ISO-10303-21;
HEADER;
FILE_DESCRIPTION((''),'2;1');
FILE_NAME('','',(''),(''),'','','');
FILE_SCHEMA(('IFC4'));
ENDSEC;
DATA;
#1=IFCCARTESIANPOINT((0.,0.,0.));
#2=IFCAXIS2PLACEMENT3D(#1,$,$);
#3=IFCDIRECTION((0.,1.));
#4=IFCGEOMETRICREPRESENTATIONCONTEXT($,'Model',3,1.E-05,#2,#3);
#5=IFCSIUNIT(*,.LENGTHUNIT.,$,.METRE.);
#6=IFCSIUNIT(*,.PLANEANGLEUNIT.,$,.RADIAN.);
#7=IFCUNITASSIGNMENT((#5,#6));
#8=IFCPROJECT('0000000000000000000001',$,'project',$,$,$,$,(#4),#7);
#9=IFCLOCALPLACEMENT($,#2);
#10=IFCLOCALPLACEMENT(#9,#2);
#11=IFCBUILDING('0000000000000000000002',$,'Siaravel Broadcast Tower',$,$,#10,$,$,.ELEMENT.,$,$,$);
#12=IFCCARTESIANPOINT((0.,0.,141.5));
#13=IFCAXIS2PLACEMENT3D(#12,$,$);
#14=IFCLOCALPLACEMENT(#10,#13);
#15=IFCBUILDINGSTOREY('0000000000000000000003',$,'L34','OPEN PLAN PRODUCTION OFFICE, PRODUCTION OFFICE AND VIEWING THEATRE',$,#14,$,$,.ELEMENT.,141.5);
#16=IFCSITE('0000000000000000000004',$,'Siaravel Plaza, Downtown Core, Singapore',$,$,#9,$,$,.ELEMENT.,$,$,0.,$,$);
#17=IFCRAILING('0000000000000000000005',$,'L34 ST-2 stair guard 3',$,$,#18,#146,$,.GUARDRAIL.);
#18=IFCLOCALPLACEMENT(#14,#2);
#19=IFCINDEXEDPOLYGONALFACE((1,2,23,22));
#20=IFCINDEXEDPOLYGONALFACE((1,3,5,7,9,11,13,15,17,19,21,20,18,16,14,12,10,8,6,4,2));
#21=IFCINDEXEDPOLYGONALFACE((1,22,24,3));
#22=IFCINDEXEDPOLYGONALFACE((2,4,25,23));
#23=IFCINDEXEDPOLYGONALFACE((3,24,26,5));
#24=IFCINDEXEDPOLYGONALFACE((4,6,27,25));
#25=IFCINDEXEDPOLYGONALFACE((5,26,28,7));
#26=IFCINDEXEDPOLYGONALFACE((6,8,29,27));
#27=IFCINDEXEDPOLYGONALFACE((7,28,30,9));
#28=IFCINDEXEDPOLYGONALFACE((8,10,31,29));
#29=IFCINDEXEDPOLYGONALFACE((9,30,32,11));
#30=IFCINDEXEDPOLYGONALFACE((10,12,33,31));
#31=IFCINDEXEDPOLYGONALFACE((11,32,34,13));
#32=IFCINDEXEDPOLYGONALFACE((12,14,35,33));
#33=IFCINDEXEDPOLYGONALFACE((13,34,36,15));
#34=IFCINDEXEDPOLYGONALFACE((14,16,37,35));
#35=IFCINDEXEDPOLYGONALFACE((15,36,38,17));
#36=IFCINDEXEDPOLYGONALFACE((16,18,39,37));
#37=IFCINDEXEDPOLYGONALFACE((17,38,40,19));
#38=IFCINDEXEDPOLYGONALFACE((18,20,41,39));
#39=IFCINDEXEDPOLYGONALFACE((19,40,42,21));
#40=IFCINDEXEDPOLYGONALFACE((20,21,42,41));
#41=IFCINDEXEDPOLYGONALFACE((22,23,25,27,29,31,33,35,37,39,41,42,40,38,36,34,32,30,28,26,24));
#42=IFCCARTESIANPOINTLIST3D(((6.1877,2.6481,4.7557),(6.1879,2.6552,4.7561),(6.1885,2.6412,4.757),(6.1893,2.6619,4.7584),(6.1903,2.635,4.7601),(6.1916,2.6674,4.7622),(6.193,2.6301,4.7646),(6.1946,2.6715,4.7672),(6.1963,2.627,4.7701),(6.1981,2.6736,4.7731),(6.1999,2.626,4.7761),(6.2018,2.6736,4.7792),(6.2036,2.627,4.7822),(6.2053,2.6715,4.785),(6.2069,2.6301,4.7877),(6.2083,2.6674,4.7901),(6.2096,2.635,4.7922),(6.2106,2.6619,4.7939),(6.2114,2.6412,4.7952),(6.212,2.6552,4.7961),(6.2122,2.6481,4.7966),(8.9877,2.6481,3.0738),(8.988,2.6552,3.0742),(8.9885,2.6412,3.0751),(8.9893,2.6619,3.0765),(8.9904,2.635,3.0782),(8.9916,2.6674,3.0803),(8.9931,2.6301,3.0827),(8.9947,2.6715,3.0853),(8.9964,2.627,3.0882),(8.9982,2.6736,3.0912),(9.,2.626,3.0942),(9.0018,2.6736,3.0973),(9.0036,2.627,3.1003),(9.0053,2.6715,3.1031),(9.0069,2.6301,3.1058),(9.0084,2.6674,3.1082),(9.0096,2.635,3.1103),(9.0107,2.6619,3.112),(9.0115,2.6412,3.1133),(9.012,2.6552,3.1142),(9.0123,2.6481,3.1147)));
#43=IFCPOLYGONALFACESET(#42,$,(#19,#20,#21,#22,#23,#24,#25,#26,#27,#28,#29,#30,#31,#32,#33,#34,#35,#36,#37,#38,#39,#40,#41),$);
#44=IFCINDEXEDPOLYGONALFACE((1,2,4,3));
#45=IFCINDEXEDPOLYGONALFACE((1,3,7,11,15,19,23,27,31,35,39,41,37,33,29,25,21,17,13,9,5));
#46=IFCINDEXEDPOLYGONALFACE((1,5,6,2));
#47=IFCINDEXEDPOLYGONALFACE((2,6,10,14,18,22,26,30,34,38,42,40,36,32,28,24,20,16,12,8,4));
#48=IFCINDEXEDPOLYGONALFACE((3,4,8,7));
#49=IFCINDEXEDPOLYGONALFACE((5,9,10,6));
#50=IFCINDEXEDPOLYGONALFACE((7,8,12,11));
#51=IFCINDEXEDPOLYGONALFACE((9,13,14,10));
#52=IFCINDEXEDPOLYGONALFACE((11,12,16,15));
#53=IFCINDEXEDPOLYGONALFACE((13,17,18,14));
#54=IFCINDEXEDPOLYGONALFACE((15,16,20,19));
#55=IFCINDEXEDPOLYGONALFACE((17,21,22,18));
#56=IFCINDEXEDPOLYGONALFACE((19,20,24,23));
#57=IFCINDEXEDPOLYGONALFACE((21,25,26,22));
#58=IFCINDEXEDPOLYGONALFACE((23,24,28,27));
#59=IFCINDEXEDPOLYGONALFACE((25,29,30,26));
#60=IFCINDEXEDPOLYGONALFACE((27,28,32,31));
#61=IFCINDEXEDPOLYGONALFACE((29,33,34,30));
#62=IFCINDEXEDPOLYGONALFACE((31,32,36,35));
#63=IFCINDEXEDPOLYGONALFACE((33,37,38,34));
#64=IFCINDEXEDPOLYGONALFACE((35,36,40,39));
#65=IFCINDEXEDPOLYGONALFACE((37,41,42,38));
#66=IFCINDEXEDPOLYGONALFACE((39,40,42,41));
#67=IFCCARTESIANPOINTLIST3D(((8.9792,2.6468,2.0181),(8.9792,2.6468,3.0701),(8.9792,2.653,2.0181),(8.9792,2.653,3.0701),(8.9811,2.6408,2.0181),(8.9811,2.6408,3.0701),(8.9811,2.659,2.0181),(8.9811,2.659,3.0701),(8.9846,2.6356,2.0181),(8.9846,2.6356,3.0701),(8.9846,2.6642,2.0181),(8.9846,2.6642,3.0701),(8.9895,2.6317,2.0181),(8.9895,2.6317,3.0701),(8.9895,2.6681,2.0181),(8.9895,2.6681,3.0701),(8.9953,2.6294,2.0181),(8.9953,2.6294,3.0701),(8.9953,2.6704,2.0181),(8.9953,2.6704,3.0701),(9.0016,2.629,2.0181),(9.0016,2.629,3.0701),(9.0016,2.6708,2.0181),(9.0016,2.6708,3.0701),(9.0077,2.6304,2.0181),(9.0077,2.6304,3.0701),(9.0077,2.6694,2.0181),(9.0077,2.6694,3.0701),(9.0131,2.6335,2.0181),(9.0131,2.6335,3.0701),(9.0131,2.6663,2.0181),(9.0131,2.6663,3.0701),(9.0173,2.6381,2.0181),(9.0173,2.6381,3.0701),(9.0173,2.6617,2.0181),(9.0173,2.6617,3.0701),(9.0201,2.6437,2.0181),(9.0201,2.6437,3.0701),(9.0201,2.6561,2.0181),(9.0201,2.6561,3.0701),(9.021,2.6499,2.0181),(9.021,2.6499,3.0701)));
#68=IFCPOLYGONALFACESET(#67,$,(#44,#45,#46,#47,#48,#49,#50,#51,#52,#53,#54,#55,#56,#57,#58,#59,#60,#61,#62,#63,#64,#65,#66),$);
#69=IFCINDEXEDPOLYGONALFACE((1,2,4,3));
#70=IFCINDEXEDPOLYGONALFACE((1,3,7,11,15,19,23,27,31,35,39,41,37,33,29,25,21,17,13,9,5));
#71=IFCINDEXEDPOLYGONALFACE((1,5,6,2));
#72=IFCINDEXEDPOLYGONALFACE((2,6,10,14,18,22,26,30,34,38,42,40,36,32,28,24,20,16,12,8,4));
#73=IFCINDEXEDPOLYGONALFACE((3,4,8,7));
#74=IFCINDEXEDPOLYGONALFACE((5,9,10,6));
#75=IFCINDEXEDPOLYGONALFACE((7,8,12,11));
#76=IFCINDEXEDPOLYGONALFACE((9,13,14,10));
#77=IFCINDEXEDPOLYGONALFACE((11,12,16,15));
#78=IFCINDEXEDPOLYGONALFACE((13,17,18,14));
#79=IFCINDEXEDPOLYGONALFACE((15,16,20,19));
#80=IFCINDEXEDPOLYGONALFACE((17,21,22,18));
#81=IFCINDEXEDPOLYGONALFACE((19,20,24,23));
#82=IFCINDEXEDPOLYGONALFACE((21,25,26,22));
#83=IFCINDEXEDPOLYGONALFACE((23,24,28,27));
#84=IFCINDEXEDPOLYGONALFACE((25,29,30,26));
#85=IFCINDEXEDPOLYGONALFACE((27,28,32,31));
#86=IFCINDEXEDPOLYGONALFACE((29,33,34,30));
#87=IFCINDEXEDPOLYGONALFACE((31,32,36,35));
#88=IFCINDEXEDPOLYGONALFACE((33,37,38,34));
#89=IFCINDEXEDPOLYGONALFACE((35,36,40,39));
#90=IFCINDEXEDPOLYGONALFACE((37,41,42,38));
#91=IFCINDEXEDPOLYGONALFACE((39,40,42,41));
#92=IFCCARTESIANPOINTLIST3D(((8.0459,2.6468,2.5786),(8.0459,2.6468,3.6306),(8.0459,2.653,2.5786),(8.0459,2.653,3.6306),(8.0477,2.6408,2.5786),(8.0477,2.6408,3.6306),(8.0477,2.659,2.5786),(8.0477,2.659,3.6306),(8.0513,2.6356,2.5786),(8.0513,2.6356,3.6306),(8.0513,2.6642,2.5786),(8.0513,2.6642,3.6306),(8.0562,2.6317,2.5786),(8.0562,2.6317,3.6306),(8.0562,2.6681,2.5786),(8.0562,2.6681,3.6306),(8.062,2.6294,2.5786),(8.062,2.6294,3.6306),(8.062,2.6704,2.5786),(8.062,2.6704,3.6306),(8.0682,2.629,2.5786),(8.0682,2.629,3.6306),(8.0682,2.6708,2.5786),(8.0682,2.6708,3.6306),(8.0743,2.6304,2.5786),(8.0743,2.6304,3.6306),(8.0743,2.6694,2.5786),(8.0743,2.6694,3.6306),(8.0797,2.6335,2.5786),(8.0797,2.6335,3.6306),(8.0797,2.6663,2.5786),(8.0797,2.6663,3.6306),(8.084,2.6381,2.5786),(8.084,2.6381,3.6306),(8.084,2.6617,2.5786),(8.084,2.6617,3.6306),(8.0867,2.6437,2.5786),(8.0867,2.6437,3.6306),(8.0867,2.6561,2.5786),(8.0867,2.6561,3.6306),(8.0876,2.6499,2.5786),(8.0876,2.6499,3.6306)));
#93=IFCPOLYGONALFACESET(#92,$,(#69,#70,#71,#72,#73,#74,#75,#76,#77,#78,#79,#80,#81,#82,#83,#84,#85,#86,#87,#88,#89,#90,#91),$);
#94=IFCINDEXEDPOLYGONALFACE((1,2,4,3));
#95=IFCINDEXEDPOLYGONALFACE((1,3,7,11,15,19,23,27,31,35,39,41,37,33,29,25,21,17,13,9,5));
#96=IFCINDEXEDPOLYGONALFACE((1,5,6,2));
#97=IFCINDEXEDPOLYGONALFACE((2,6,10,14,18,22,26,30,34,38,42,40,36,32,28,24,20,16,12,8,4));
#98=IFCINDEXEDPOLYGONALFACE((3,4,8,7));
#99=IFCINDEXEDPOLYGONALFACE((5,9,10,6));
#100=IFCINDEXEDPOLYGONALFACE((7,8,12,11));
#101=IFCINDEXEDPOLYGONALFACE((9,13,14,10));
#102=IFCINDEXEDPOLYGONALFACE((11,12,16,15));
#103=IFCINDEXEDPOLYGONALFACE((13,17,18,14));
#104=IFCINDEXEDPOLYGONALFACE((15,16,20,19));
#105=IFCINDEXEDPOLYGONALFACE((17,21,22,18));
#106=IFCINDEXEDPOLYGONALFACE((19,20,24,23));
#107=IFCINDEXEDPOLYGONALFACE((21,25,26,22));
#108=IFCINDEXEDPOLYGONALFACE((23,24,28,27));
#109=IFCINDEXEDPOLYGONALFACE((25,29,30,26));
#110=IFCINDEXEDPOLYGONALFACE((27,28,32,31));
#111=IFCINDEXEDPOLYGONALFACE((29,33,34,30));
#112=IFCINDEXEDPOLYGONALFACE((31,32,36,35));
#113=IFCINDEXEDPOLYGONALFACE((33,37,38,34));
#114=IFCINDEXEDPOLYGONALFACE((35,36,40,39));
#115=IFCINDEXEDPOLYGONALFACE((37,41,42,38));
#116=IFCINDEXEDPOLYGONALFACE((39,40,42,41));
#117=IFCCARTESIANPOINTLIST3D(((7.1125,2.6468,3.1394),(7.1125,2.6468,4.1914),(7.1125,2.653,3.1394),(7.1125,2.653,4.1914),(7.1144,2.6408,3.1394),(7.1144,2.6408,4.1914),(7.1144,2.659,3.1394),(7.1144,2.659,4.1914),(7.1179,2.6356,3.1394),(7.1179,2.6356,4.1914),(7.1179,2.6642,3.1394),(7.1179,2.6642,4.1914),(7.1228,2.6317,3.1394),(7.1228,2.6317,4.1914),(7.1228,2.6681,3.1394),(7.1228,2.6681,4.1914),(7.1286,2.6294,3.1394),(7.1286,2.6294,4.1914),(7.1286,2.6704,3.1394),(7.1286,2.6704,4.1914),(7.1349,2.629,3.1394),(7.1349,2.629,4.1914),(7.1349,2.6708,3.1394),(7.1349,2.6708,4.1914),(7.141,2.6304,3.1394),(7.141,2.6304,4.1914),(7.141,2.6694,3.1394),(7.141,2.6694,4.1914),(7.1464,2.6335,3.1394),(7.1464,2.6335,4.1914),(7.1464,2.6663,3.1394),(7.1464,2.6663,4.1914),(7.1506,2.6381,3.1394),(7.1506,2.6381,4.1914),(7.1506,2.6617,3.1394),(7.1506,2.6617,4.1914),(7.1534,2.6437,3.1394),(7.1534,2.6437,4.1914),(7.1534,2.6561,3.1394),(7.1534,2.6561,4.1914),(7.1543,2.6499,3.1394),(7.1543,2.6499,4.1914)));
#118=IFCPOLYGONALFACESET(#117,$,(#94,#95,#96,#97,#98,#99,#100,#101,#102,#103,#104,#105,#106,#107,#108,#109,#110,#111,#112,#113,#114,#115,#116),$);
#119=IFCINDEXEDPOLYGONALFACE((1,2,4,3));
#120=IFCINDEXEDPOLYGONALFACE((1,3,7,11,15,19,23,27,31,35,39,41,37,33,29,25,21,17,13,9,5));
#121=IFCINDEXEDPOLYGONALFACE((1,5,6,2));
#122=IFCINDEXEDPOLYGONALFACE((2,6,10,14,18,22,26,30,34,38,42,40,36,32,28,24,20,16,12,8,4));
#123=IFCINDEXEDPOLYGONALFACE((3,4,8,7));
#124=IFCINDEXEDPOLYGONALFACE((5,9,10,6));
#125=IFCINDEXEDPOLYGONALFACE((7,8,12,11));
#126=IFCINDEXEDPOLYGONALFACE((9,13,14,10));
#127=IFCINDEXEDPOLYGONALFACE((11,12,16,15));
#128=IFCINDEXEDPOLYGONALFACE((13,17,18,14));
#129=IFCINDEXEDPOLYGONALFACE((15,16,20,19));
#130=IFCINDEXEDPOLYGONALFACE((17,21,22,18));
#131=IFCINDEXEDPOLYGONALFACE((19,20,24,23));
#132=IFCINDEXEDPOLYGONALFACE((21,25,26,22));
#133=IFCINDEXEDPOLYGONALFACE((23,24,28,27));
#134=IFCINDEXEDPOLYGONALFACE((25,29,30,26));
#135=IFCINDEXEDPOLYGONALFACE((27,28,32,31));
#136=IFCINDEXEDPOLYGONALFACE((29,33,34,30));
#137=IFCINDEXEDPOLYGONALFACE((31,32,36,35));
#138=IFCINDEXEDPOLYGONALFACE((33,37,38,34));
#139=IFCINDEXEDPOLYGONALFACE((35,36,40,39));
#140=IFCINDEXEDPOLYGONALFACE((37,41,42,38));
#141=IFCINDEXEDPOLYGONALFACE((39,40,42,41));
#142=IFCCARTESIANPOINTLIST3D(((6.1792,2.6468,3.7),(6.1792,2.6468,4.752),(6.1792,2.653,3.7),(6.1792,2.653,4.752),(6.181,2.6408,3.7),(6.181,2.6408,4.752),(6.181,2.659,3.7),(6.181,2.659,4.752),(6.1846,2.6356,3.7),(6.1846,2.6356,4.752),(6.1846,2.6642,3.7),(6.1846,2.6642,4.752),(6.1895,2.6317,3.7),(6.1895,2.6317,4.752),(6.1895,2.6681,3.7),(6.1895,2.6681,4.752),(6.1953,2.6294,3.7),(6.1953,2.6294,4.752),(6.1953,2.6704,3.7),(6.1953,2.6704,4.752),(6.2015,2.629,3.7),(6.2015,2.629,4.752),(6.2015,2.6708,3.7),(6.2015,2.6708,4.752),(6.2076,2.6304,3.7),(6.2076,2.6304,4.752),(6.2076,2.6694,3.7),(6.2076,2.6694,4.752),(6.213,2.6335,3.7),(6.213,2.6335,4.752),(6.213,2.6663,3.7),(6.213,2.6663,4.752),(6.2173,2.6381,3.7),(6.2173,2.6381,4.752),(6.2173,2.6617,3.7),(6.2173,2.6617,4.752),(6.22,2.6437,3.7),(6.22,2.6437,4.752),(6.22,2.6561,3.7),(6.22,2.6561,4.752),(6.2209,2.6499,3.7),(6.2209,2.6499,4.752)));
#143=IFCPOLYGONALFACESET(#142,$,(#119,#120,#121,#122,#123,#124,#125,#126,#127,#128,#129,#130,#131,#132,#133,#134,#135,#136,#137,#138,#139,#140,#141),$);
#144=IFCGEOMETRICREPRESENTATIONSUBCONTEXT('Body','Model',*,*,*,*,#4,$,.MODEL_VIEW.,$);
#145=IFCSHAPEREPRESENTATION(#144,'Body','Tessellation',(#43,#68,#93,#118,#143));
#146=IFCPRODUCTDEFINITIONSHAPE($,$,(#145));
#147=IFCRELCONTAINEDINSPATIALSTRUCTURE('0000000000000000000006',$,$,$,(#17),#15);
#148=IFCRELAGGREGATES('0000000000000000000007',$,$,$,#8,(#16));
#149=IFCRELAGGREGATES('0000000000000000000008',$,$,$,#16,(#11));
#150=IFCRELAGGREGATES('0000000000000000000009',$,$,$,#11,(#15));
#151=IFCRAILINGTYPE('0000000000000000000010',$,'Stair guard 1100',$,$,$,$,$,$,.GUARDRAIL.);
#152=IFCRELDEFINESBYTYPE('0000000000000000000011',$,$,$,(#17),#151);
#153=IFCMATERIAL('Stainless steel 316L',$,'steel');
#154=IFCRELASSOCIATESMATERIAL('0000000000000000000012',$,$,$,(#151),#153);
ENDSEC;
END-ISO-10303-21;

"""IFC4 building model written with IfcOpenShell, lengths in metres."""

from ifc_helpers import new_model, si_unit, direction, frame, origin, origin_2d, place, context, subcontext, project, spatial, circle, extrude, material, type_object, element, save


model = new_model("IFC4")

# Units and contexts
model_context = context("Model", 3, precision=1e-05, world=origin(), true_north=direction((0.0, 1.0)))
body_context = subcontext(model_context, "Body", "Model", "MODEL_VIEW")
ifc_project = project(units=[si_unit("LENGTHUNIT", "METRE"), si_unit("PLANEANGLEUNIT", "RADIAN")], contexts=[model_context])

# Site, building, storey
site_placement = place(None, origin())
site = spatial("IfcSite", under=ifc_project, at=site_placement, Name="Siaravel Plaza, Downtown Core, Singapore", CompositionType="ELEMENT", RefElevation=0.0)
building_placement = place(site_placement, origin())
building = spatial("IfcBuilding", under=site, at=building_placement, Name="Siaravel Broadcast Tower", CompositionType="ELEMENT")
storey_placement = place(building_placement, frame((0.0, 0.0, 141.5)))
storey = spatial("IfcBuildingStorey", under=building, at=storey_placement, Name="L34", Description="OPEN PLAN PRODUCTION OFFICE, PRODUCTION OFFICE AND VIEWING THEATRE", CompositionType="ELEMENT", Elevation=141.5)

# Railing
ifc_material_1 = material(Name="Stainless steel 316L", Category="steel")
railing_type_1 = type_object("IfcRailingType", Name="Stair guard 1100", PredefinedType="GUARDRAIL", material=ifc_material_1)
railing_1_placement = place(storey_placement, frame((9.0, 2.6499, 2.0181)))
element("IfcRailing", 1, at=railing_1_placement, inside=storey, type_object=railing_type_1, Name="L34 ST-2 stair guard 3", PredefinedType="GUARDRAIL", context=body_context, shape_type="SweptSolid", body=[
    extrude(circle(Radius=0.0239, at=origin_2d()), frame((0.0, 0.0, 1.0762), z_axis=(-0.857242, 0.0, 0.514913), x_axis=(0.0, -1.0, 0.0)), (0.0, 0.0, 1.0), 3.2664),
    extrude(circle(Radius=0.021, at=origin_2d()), origin(), (0.0, 0.0, 1.0), 1.052),
    extrude(circle(Radius=0.021, at=origin_2d()), frame((-0.9333, 0.0, 0.5605)), (0.0, 0.0, 1.0), 1.052),
    extrude(circle(Radius=0.021, at=origin_2d()), frame((-1.8667, 0.0, 1.1213)), (0.0, 0.0, 1.0), 1.052),
    extrude(circle(Radius=0.021, at=origin_2d()), frame((-2.8, 0.0, 1.6819)), (0.0, 0.0, 1.0), 1.052),
])

save(model, "model.ifc")
